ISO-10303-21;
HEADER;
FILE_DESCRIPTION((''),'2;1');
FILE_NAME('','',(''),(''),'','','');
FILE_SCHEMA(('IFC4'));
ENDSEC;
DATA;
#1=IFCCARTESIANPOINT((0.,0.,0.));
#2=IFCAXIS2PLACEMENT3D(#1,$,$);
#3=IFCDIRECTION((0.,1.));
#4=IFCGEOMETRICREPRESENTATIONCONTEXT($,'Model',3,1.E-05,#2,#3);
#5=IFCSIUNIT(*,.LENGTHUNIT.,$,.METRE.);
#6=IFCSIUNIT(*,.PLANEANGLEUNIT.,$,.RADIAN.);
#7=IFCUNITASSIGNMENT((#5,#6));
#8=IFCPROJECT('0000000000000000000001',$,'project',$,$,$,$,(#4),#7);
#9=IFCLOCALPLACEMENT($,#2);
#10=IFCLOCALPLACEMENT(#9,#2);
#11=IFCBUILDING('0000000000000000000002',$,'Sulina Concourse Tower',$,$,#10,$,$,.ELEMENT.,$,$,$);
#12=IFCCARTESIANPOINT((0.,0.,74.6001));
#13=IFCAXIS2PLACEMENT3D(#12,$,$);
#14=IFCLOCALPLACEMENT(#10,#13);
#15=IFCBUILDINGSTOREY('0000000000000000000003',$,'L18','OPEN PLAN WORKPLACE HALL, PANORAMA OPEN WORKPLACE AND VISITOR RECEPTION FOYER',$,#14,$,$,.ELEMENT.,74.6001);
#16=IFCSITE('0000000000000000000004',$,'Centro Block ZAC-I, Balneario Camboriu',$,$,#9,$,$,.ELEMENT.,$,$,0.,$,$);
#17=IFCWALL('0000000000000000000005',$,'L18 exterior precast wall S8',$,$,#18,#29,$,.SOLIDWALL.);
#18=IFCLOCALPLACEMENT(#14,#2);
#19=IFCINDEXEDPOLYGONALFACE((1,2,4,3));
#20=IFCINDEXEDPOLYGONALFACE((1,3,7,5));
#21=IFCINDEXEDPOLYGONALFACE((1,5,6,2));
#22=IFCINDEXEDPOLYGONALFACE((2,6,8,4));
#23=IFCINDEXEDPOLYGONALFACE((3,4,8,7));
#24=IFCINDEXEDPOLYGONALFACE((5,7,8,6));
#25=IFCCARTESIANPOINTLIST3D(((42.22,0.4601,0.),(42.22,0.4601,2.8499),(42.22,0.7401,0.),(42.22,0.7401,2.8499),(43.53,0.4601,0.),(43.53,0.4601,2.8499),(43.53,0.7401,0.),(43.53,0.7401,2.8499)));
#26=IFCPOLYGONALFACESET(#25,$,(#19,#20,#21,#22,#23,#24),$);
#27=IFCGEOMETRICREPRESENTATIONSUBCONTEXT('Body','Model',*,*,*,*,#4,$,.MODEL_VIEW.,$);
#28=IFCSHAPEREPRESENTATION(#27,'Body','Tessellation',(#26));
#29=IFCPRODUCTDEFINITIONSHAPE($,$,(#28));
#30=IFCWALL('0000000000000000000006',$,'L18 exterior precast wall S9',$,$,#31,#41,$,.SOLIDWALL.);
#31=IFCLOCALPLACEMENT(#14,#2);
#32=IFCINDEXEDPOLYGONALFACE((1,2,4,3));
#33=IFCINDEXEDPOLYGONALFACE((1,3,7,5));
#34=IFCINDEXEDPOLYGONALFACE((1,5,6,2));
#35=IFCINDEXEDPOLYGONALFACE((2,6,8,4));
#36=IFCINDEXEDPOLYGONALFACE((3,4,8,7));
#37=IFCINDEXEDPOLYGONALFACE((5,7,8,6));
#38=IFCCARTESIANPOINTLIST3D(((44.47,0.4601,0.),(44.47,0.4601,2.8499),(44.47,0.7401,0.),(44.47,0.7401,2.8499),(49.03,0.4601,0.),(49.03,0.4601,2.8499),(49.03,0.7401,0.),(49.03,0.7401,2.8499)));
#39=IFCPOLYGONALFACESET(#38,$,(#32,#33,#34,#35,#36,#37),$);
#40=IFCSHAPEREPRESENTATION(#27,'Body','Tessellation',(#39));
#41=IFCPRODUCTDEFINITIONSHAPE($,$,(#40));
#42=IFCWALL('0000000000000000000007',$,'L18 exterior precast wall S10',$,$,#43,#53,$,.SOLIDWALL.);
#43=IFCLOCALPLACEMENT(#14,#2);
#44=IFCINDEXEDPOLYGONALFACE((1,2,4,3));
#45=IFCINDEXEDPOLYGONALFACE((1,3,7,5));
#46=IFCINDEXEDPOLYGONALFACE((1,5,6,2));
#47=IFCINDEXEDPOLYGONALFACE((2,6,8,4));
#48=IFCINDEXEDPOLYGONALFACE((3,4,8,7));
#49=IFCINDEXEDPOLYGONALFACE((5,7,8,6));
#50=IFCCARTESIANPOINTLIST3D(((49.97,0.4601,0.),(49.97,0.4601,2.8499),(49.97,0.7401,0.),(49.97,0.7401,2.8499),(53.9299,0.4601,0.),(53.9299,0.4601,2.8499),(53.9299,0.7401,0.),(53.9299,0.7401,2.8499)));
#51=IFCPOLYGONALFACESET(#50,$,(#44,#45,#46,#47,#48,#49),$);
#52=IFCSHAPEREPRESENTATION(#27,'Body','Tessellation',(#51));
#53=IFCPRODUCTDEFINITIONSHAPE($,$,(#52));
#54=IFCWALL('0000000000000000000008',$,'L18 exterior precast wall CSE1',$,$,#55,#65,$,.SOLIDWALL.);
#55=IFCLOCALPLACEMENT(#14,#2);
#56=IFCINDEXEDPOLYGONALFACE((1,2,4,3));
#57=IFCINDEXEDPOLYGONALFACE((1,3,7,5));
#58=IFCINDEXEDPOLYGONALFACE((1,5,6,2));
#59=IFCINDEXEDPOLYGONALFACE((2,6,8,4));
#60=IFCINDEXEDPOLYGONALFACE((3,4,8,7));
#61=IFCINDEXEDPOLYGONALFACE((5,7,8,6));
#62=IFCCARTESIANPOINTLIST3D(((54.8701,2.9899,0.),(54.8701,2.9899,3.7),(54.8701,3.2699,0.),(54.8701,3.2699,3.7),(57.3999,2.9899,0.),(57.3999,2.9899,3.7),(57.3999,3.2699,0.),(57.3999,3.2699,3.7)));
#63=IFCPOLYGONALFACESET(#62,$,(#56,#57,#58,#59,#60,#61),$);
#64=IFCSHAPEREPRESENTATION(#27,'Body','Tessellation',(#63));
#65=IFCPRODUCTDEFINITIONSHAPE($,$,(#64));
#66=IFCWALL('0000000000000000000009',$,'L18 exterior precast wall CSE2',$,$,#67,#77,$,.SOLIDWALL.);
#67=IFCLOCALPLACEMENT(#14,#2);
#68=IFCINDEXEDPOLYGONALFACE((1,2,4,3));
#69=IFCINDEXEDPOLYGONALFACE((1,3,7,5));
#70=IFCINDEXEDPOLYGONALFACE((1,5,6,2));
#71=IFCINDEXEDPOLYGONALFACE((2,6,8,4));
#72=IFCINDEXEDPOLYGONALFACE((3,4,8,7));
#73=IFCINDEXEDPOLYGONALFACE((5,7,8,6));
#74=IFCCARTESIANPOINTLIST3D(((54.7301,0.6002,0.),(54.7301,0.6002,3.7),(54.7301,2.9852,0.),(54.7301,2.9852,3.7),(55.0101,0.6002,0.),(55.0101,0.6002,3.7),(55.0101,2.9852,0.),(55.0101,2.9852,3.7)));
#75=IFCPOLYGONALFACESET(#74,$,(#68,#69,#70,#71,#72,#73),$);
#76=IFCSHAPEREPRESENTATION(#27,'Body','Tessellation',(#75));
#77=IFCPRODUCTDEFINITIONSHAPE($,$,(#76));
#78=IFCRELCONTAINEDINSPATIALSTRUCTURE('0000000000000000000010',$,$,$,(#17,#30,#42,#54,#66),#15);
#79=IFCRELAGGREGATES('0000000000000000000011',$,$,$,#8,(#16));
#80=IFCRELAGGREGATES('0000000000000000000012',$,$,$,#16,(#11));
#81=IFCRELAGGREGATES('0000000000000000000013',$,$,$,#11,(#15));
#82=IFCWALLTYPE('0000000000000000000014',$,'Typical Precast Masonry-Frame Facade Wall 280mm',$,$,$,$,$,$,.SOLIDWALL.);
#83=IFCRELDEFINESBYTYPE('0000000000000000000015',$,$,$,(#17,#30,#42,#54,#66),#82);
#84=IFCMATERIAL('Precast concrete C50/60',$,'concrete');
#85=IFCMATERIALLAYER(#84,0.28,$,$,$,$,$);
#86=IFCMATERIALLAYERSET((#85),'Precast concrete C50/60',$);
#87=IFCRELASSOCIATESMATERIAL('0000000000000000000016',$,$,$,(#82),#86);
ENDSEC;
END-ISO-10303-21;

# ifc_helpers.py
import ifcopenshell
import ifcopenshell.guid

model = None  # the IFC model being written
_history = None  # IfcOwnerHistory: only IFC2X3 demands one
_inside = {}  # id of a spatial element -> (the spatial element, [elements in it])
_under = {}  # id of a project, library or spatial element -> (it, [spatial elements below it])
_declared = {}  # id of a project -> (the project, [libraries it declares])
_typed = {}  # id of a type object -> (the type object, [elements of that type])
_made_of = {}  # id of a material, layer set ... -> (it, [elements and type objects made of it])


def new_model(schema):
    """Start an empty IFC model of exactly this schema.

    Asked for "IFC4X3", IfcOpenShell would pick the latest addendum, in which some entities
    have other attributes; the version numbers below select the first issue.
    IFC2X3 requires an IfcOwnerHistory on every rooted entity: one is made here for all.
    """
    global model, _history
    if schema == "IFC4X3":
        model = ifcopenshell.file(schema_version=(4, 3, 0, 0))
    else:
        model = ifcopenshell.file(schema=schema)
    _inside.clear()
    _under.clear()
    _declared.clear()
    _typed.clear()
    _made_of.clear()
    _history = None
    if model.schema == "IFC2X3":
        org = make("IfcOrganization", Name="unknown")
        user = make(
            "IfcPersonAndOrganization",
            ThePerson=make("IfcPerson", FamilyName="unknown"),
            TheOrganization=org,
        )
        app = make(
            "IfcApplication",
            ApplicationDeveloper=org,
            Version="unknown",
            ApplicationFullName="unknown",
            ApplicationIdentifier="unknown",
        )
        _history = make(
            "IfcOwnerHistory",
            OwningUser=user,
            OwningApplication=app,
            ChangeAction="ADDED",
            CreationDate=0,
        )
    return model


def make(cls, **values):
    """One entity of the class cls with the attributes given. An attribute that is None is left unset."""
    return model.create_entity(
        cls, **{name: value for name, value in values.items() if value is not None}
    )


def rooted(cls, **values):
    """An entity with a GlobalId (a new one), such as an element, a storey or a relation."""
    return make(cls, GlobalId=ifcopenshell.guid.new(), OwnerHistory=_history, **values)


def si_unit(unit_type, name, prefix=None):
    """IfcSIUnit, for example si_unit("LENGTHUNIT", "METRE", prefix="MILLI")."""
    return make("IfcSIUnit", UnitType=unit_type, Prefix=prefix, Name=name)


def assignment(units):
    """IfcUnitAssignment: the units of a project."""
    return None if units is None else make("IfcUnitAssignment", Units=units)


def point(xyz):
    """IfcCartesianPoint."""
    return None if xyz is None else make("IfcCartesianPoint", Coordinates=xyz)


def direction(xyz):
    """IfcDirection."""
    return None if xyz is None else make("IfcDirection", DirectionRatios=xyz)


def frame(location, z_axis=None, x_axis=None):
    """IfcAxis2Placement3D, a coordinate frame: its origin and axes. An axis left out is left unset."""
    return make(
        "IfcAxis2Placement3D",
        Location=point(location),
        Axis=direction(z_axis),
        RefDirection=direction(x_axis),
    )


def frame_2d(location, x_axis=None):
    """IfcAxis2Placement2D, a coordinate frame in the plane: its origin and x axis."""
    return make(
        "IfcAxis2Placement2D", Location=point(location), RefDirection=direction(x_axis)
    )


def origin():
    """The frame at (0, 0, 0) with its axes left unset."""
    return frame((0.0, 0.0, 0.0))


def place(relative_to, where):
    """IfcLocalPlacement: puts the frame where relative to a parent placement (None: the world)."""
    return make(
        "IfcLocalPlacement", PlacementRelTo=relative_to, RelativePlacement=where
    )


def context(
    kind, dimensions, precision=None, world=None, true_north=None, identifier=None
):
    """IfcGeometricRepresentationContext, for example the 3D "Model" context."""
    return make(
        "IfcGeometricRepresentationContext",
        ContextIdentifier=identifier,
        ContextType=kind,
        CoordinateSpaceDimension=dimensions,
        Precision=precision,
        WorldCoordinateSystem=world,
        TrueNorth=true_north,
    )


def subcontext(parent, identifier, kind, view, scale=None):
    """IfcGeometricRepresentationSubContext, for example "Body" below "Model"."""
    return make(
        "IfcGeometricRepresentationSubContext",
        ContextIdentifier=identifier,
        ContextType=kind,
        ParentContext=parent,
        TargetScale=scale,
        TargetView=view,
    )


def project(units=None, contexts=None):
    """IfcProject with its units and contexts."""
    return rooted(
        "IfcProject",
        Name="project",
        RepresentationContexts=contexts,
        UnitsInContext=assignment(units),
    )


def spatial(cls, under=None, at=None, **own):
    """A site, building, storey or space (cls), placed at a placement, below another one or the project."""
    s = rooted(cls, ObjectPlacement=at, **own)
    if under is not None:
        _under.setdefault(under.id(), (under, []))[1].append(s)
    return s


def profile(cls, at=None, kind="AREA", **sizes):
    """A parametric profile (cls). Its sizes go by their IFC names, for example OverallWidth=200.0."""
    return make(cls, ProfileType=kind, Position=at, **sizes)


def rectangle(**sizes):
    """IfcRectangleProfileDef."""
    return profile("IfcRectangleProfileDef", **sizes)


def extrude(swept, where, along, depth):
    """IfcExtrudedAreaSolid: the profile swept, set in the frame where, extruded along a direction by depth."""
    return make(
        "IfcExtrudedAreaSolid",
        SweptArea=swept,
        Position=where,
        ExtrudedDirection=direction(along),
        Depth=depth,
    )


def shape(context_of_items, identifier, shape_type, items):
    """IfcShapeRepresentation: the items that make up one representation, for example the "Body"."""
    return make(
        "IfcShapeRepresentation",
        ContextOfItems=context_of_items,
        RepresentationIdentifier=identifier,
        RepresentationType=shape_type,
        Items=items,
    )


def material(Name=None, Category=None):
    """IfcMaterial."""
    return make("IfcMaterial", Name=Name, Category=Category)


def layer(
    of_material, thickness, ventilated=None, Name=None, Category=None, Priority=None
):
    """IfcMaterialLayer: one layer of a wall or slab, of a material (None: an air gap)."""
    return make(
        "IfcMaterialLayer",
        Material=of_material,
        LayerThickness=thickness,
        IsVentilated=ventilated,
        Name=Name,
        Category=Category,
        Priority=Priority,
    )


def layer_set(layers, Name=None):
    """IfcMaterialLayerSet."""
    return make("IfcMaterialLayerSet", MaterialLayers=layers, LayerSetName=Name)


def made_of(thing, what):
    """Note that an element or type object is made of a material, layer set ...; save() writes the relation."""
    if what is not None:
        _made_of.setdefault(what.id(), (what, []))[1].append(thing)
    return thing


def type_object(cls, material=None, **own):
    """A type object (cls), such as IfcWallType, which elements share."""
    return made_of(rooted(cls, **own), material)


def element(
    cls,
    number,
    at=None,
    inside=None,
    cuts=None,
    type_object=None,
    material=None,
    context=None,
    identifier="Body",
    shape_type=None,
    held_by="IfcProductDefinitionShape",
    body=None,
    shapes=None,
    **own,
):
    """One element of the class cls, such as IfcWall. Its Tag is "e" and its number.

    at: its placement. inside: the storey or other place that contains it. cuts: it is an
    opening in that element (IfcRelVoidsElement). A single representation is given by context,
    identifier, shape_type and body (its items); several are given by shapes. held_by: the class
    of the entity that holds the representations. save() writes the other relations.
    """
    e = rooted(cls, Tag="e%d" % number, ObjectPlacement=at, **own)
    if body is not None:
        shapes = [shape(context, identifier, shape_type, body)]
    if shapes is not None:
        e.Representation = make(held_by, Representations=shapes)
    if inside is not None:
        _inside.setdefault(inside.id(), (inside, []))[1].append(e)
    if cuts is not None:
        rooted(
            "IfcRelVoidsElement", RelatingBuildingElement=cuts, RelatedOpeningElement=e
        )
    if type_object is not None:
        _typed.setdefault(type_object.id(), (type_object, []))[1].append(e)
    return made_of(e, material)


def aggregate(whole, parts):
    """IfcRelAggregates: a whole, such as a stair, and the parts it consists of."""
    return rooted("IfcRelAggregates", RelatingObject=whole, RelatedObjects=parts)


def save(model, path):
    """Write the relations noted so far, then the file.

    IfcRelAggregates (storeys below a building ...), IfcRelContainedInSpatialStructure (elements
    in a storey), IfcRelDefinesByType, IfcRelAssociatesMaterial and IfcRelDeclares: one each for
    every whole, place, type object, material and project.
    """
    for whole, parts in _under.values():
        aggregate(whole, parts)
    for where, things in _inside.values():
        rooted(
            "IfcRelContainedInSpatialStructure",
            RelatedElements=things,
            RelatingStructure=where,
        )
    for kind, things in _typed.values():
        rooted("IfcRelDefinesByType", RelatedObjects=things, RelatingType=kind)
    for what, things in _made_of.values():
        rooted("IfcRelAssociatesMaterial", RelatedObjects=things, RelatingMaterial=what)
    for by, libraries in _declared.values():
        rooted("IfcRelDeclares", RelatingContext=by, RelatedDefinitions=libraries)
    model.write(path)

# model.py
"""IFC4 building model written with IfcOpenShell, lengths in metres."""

from ifc_helpers import new_model, si_unit, direction, frame, frame_2d, origin, place, context, subcontext, project, spatial, rectangle, extrude, material, layer, layer_set, type_object, element, save


model = new_model("IFC4")

# Units and contexts
model_context = context("Model", 3, precision=1e-05, world=origin(), true_north=direction((0.0, 1.0)))
body_context = subcontext(model_context, "Body", "Model", "MODEL_VIEW")
ifc_project = project(units=[si_unit("LENGTHUNIT", "METRE"), si_unit("PLANEANGLEUNIT", "RADIAN")], contexts=[model_context])

# Site, building, storey
site_placement = place(None, origin())
site = spatial("IfcSite", under=ifc_project, at=site_placement, Name="Centro Block ZAC-I, Balneario Camboriu", CompositionType="ELEMENT", RefElevation=0.0)
building_placement = place(site_placement, origin())
building = spatial("IfcBuilding", under=site, at=building_placement, Name="Sulina Concourse Tower", CompositionType="ELEMENT")
storey_placement = place(building_placement, frame((0.0, 0.0, 74.6001)))
storey = spatial("IfcBuildingStorey", under=building, at=storey_placement, Name="L18", Description="OPEN PLAN WORKPLACE HALL, PANORAMA OPEN WORKPLACE AND VISITOR RECEPTION FOYER", CompositionType="ELEMENT", Elevation=74.6001)

# Walls
ifc_material_1 = material(Name="Precast concrete C50/60", Category="concrete")
ifc_layer_1 = layer(ifc_material_1, 0.28)
ifc_layer_set_1 = layer_set([ifc_layer_1], Name="Precast concrete C50/60")
wall_type_1 = type_object("IfcWallType", Name="Typical Precast Masonry-Frame Facade Wall 280mm", PredefinedType="SOLIDWALL", material=ifc_layer_set_1)
wall_1_placement = place(storey_placement, frame((43.53, 0.6001, 0.0), z_axis=(0.0, 0.0, 1.0), x_axis=(-1.0, 0.0, 0.0)))
element("IfcWall", 1, at=wall_1_placement, inside=storey, type_object=wall_type_1, Name="L18 exterior precast wall S8", PredefinedType="SOLIDWALL", context=body_context, shape_type="SweptSolid", body=[
    extrude(rectangle(XDim=1.3101, YDim=0.28, at=frame_2d((0.655, 0.0))), origin(), (0.0, 0.0, 1.0), 2.8499),
])
wall_2_placement = place(storey_placement, frame((49.03, 0.6001, 0.0), z_axis=(0.0, 0.0, 1.0), x_axis=(-1.0, 0.0, 0.0)))
element("IfcWall", 2, at=wall_2_placement, inside=storey, type_object=wall_type_1, Name="L18 exterior precast wall S9", PredefinedType="SOLIDWALL", context=body_context, shape_type="SweptSolid", body=[
    extrude(rectangle(XDim=4.5601, YDim=0.28, at=frame_2d((2.28, 0.0))), origin(), (0.0, 0.0, 1.0), 2.8499),
])
wall_3_placement = place(storey_placement, frame((53.9299, 0.6001, 0.0), z_axis=(0.0, 0.0, 1.0), x_axis=(-1.0, 0.0, 0.0)))
element("IfcWall", 3, at=wall_3_placement, inside=storey, type_object=wall_type_1, Name="L18 exterior precast wall S10", PredefinedType="SOLIDWALL", context=body_context, shape_type="SweptSolid", body=[
    extrude(rectangle(XDim=3.96, YDim=0.28, at=frame_2d((1.98, 0.0))), origin(), (0.0, 0.0, 1.0), 2.8499),
])
wall_4_placement = place(storey_placement, frame((57.3999, 3.1299, 0.0), z_axis=(0.0, 0.0, 1.0), x_axis=(-1.0, 0.0, 0.0)))
element("IfcWall", 4, at=wall_4_placement, inside=storey, type_object=wall_type_1, Name="L18 exterior precast wall CSE1", PredefinedType="SOLIDWALL", context=body_context, shape_type="SweptSolid", body=[
    extrude(rectangle(XDim=2.5298, YDim=0.28, at=frame_2d((1.2649, 0.0))), origin(), (0.0, 0.0, 1.0), 3.7),
])
wall_5_placement = place(storey_placement, frame((54.8701, 2.9851, 0.0), z_axis=(0.0, 0.0, 1.0), x_axis=(0.0, -1.0, 0.0)))
element("IfcWall", 5, at=wall_5_placement, inside=storey, type_object=wall_type_1, Name="L18 exterior precast wall CSE2", PredefinedType="SOLIDWALL", context=body_context, shape_type="SweptSolid", body=[
    extrude(rectangle(XDim=2.385, YDim=0.28, at=frame_2d((1.1924, 0.0))), origin(), (0.0, 0.0, 1.0), 3.7),
])

save(model, "model.ifc")
